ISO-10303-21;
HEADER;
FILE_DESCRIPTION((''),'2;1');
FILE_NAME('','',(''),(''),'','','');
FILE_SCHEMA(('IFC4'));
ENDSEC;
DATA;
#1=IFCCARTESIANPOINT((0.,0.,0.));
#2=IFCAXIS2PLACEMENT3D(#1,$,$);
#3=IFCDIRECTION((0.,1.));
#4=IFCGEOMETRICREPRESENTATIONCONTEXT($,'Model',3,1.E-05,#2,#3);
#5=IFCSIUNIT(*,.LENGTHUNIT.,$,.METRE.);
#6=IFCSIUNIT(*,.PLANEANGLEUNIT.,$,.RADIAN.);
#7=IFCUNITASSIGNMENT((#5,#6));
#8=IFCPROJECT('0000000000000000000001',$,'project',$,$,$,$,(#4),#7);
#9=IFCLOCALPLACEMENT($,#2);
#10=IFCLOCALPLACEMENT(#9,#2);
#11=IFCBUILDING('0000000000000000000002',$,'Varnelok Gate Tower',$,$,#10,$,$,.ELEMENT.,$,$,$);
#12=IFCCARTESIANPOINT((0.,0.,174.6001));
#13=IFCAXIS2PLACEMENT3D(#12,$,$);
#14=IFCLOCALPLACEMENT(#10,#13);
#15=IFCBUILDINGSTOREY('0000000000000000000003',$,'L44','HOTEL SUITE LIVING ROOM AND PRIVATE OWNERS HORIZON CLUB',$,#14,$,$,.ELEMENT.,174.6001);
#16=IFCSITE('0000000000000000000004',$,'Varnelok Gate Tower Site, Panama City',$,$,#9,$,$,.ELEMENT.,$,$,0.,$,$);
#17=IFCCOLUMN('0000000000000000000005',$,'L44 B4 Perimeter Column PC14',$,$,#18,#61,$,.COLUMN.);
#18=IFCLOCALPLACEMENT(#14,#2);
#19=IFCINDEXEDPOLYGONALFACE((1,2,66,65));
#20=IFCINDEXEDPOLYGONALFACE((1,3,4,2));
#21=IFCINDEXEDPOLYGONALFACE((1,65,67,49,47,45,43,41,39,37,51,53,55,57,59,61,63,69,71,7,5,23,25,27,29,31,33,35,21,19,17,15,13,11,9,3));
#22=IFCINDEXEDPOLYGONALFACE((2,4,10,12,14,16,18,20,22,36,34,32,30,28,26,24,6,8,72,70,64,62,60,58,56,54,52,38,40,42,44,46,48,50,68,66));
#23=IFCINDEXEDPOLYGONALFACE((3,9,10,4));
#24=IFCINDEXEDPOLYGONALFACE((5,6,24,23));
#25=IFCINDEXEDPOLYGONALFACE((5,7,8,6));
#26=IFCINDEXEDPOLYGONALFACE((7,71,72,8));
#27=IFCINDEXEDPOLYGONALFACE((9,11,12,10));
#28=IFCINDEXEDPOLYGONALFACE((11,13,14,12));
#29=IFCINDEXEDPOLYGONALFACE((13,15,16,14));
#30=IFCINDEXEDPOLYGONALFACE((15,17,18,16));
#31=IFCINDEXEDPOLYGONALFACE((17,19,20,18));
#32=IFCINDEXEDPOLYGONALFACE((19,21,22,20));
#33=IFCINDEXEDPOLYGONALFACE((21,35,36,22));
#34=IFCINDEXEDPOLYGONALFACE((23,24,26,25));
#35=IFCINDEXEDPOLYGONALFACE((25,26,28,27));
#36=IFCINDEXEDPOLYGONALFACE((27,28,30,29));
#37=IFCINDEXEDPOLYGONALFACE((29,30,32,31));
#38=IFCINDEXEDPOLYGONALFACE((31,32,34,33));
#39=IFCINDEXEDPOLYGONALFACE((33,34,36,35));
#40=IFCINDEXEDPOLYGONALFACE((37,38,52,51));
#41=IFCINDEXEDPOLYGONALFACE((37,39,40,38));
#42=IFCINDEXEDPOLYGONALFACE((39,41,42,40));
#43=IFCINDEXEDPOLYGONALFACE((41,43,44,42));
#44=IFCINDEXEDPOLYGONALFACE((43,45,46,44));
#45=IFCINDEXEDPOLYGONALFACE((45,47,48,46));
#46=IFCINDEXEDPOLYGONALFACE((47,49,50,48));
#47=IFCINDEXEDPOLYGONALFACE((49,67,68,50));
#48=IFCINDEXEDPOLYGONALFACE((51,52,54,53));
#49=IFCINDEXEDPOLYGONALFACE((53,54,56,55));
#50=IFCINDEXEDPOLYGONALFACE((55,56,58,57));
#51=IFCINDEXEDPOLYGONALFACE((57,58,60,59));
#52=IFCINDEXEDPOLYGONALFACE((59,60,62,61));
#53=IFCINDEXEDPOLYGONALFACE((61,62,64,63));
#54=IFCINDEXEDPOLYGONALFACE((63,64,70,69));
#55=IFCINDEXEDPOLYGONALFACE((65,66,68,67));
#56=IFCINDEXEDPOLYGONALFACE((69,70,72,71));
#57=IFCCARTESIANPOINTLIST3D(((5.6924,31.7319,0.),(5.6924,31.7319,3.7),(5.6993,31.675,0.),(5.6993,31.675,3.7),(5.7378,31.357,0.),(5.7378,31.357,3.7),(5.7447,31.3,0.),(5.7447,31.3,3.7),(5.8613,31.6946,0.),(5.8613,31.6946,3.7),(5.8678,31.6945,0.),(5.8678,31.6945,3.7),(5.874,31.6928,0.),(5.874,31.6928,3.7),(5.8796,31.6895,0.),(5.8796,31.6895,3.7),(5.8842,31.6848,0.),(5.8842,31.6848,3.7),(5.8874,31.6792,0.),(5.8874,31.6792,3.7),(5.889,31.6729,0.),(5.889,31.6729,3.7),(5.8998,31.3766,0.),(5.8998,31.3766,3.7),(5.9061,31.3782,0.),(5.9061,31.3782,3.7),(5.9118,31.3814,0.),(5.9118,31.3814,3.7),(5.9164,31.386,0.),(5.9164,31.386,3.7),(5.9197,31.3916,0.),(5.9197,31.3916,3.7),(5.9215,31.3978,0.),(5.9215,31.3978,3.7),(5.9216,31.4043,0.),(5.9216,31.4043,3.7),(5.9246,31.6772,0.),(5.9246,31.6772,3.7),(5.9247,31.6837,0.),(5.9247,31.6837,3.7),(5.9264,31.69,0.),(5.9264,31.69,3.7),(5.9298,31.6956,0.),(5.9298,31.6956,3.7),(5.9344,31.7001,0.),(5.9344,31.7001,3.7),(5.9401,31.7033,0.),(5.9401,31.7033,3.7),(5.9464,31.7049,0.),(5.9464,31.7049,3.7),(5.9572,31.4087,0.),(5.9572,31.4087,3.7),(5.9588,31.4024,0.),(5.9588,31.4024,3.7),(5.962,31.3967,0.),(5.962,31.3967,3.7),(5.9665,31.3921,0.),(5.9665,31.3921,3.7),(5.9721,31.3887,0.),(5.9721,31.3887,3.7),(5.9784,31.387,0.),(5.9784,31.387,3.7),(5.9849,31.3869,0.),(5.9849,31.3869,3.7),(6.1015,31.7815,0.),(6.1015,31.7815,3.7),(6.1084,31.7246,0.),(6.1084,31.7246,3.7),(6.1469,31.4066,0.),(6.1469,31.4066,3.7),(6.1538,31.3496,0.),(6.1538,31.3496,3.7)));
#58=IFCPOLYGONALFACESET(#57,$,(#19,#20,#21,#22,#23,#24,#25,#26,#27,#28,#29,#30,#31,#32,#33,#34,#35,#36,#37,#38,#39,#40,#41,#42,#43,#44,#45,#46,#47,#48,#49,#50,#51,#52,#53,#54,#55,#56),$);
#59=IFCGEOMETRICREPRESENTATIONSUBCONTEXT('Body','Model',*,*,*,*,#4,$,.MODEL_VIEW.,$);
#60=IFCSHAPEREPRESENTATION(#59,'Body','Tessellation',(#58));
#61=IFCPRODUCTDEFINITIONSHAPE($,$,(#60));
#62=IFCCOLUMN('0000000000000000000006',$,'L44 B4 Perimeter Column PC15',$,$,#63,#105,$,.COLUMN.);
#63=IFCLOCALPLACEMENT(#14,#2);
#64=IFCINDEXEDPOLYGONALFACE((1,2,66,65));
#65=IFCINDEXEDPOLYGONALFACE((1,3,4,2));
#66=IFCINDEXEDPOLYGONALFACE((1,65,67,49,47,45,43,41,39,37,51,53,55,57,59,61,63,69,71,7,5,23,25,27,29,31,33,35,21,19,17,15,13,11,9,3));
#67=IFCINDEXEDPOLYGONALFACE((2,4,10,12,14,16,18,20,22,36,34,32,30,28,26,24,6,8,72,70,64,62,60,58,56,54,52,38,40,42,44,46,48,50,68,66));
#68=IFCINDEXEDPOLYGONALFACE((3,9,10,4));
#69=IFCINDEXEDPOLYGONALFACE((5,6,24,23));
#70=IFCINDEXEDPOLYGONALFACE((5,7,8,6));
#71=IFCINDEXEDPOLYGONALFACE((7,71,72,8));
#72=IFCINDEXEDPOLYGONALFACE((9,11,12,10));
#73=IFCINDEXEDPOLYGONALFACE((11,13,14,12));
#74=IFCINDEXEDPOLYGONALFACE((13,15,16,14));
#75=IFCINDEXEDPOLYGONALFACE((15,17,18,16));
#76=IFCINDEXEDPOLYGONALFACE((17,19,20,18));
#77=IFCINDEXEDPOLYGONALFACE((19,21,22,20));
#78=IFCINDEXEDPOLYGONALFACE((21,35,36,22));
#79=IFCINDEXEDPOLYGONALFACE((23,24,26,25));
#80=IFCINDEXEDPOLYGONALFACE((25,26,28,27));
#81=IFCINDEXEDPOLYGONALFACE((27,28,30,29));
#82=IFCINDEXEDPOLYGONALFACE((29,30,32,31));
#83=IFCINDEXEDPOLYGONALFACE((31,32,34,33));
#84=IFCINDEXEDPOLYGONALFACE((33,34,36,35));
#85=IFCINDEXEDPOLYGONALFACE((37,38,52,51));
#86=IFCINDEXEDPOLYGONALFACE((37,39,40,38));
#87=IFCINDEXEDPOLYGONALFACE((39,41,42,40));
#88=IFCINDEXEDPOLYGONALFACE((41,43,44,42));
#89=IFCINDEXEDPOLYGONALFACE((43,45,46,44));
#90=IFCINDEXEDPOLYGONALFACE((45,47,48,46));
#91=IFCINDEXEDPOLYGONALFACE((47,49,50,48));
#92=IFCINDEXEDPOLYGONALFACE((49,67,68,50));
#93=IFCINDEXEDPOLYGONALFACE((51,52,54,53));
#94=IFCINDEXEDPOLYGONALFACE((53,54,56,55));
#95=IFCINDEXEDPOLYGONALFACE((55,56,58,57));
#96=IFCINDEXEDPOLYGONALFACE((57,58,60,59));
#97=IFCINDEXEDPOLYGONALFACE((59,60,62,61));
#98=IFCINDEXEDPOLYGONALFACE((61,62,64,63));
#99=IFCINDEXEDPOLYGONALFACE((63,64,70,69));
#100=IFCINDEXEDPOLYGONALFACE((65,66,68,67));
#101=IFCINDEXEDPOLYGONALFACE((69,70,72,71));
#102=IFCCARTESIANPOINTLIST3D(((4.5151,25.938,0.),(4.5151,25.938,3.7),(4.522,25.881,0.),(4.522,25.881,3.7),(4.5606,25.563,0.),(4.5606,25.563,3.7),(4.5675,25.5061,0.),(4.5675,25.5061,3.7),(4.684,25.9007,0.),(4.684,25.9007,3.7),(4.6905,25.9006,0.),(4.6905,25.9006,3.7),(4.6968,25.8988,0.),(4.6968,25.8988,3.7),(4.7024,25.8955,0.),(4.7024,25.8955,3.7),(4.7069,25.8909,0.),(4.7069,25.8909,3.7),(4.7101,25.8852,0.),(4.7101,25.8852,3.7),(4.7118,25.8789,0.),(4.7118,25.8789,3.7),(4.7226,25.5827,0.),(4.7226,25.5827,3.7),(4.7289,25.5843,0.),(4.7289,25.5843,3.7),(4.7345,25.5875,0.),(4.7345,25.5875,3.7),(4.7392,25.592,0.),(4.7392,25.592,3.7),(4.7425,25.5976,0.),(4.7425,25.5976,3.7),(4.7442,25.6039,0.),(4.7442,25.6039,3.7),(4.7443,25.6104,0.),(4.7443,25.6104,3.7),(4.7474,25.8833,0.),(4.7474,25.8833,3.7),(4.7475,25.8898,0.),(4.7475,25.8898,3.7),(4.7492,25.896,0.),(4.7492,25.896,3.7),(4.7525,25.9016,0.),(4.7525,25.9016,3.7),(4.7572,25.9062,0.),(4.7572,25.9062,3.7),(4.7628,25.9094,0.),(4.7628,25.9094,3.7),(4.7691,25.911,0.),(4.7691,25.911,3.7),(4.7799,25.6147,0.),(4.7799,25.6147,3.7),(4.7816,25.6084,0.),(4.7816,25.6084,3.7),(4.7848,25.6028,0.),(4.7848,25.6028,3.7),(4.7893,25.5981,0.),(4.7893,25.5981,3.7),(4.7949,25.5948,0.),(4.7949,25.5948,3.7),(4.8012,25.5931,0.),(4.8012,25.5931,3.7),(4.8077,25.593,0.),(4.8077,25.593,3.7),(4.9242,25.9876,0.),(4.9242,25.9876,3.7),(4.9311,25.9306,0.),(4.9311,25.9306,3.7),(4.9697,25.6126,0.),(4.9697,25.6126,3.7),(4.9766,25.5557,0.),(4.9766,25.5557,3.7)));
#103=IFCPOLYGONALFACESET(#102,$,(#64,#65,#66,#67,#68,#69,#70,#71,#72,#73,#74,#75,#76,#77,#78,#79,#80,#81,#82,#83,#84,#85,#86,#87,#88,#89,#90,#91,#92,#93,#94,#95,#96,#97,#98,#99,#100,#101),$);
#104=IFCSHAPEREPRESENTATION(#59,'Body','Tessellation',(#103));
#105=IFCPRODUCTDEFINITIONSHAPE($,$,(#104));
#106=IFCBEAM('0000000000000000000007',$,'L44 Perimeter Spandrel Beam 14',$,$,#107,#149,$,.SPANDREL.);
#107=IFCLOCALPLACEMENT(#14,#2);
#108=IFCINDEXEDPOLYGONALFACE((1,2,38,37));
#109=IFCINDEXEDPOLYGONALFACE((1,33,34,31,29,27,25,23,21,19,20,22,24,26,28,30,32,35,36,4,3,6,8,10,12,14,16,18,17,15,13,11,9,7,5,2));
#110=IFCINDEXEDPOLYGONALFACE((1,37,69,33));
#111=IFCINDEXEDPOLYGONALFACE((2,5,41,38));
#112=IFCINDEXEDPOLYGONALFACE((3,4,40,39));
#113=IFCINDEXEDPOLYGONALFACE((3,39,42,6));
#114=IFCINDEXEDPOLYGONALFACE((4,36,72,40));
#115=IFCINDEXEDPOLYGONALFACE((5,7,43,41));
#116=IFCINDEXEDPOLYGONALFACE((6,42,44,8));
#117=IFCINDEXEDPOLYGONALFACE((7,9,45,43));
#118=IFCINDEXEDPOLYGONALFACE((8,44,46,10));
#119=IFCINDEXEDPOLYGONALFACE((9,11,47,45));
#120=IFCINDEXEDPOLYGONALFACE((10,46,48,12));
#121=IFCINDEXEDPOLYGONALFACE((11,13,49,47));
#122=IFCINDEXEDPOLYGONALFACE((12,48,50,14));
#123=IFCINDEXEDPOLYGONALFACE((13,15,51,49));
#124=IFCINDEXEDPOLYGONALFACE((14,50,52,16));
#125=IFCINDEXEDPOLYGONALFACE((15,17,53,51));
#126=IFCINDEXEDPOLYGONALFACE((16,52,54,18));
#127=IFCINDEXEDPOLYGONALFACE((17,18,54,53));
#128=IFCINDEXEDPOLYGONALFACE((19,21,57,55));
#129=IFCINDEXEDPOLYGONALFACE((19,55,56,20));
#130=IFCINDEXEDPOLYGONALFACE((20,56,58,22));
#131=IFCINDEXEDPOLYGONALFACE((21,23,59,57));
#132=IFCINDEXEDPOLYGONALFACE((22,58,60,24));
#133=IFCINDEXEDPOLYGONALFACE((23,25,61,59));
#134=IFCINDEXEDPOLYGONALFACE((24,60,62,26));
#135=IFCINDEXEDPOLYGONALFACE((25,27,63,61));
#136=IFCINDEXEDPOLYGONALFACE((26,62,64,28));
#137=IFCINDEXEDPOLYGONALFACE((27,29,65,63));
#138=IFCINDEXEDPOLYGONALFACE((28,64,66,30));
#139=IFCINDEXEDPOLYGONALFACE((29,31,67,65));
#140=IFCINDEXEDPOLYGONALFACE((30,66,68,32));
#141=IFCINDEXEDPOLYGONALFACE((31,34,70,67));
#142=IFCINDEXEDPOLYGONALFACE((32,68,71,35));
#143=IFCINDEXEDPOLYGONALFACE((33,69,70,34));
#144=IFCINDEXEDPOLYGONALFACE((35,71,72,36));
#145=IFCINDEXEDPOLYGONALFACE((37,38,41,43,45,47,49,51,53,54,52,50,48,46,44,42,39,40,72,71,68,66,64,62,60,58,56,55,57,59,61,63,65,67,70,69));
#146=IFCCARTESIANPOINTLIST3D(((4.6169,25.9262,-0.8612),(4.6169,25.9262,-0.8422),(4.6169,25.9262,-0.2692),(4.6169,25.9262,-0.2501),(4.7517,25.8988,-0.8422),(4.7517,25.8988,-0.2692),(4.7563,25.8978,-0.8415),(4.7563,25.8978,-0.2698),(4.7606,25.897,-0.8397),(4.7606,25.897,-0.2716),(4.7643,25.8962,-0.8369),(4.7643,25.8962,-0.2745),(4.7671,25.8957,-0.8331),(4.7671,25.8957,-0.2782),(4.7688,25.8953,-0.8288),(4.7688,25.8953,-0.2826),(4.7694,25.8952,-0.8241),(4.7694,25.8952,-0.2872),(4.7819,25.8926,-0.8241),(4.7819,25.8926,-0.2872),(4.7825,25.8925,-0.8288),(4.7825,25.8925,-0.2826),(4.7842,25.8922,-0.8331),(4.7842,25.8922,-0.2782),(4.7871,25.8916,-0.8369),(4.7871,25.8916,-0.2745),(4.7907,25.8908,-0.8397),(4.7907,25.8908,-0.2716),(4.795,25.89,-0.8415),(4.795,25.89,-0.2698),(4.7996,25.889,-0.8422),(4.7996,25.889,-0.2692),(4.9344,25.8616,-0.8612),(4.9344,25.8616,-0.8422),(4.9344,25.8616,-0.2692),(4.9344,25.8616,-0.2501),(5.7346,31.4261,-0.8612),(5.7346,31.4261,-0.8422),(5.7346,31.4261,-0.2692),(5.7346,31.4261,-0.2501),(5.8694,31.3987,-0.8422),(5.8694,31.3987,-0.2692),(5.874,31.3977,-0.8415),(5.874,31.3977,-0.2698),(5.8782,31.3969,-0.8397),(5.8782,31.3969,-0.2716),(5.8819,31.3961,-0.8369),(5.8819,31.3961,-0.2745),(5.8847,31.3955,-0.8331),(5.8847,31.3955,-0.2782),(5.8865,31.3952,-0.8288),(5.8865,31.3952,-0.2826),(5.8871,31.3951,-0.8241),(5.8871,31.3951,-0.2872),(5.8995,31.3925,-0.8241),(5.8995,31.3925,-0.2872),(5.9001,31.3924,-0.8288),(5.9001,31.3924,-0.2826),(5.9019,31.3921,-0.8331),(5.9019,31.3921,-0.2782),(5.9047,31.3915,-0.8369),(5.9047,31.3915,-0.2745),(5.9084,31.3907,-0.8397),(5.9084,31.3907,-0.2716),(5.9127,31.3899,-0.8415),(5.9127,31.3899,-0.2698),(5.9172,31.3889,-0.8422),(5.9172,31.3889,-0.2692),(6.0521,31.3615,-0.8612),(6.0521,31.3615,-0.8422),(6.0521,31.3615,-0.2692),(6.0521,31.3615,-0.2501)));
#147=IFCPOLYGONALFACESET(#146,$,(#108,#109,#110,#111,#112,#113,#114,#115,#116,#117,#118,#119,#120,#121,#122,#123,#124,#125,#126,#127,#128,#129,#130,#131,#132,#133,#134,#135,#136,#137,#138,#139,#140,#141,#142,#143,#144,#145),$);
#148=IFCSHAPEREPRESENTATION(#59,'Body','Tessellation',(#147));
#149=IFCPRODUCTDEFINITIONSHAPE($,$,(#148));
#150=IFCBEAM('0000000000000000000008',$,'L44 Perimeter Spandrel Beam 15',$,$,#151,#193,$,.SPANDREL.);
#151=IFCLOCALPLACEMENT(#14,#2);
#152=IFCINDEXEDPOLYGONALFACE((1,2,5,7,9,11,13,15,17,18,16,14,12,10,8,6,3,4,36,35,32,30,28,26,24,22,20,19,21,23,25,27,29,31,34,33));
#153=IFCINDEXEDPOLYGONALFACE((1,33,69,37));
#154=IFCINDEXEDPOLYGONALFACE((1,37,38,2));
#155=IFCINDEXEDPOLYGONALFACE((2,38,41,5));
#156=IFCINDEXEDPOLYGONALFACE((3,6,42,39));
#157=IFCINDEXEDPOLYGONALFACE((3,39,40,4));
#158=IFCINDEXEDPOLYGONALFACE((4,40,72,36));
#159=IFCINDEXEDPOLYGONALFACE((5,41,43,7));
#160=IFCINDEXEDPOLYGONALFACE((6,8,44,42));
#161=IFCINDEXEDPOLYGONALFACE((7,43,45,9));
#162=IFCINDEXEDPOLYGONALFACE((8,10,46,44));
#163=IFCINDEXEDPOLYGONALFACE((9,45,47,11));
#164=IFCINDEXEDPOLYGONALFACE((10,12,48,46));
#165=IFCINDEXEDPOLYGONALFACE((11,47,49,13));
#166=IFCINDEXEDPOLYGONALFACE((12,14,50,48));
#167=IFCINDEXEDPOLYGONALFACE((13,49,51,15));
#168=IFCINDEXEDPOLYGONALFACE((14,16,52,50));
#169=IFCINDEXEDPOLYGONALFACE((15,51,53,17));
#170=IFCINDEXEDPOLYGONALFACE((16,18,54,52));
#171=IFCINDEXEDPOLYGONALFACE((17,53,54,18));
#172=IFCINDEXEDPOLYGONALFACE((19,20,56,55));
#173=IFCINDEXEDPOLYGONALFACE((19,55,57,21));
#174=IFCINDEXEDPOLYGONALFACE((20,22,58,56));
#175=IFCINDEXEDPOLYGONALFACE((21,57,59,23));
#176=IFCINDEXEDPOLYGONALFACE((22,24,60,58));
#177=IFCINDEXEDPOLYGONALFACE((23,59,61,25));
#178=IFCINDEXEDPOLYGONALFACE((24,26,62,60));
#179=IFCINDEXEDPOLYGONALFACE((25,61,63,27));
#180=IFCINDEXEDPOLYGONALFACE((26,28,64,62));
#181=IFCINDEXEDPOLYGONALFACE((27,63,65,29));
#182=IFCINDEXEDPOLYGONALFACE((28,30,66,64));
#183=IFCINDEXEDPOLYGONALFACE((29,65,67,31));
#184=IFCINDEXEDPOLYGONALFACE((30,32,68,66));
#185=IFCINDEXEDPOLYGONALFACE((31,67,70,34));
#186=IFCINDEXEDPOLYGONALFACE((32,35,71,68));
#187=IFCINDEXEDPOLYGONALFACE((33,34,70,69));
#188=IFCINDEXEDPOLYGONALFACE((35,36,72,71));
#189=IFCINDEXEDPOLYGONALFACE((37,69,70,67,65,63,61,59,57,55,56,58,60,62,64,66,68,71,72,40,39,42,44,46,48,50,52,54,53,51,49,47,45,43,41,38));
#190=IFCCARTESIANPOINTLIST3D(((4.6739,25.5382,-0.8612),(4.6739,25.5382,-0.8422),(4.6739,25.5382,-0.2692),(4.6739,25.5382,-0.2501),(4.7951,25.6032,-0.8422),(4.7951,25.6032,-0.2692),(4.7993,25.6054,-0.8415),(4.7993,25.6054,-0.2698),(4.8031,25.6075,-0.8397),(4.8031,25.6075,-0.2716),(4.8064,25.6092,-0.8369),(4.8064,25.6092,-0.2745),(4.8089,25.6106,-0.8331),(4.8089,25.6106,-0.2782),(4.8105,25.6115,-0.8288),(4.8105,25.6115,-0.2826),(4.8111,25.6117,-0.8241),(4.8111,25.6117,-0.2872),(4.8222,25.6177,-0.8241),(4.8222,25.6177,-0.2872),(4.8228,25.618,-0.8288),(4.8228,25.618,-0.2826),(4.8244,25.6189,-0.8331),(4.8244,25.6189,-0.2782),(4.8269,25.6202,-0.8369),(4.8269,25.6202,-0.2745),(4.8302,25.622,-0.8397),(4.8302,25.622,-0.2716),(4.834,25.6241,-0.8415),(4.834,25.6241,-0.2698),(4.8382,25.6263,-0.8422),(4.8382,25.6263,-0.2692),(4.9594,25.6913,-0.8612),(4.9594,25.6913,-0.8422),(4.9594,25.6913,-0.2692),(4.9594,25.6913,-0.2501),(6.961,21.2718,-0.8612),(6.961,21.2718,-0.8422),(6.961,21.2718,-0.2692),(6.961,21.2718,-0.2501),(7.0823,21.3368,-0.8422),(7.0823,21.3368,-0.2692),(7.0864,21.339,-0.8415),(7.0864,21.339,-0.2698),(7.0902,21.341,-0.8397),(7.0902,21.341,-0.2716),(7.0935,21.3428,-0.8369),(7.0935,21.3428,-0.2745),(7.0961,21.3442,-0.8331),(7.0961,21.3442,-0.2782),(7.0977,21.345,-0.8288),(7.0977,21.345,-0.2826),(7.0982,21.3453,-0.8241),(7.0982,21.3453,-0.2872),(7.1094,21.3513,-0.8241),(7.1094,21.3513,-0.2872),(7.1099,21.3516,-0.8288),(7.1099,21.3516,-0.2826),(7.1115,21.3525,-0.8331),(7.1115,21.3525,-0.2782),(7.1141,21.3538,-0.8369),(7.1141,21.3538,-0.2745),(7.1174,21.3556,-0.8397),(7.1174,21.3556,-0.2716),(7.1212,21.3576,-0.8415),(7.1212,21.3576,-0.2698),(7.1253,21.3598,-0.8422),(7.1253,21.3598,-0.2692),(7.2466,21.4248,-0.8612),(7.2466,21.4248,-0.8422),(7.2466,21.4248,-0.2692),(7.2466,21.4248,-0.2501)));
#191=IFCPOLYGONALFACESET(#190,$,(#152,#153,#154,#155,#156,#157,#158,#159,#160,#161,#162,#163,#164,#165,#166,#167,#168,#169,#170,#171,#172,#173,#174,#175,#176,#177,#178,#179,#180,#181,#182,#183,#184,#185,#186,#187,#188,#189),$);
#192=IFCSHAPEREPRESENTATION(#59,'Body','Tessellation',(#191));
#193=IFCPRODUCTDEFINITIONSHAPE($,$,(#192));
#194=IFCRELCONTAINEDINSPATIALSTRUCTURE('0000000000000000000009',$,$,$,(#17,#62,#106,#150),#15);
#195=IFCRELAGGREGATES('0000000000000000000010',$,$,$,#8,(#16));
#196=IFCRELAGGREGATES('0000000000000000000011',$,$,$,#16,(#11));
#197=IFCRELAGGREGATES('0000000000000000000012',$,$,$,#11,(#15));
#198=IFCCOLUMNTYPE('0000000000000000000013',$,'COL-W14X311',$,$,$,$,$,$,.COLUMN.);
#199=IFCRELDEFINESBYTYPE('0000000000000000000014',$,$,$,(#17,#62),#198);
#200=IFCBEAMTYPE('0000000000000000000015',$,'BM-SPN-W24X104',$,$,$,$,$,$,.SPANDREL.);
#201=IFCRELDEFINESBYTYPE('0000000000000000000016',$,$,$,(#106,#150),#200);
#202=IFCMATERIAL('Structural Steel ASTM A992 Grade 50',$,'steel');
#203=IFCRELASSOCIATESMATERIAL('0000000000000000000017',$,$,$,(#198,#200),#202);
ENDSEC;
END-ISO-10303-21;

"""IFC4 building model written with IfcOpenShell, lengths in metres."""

from ifc_helpers import new_model, si_unit, direction, frame, origin, origin_2d, place, context, subcontext, project, spatial, i_section, extrude, material, material_profile, profile_set, type_object, element, save


model = new_model("IFC4")

# Units and contexts
model_context = context("Model", 3, precision=1e-05, world=origin(), true_north=direction((0.0, 1.0)))
body_context = subcontext(model_context, "Body", "Model", "MODEL_VIEW")
ifc_project = project(units=[si_unit("LENGTHUNIT", "METRE"), si_unit("PLANEANGLEUNIT", "RADIAN")], contexts=[model_context])

# Site, building, storey
site_placement = place(None, origin())
site = spatial("IfcSite", under=ifc_project, at=site_placement, Name="Varnelok Gate Tower Site, Panama City", CompositionType="ELEMENT", RefElevation=0.0)
building_placement = place(site_placement, origin())
building = spatial("IfcBuilding", under=site, at=building_placement, Name="Varnelok Gate Tower", CompositionType="ELEMENT")
storey_placement = place(building_placement, frame((0.0, 0.0, 174.6001)))
storey = spatial("IfcBuildingStorey", under=building, at=storey_placement, Name="L44", Description="HOTEL SUITE LIVING ROOM AND PRIVATE OWNERS HORIZON CLUB", CompositionType="ELEMENT", Elevation=174.6001)

# Columns
ifc_material_1 = material(Name="Structural Steel ASTM A992 Grade 50", Category="steel")
ifc_material_profile_1 = material_profile(ifc_material_1, i_section(OverallWidth=0.4121, OverallDepth=0.4351, WebThickness=0.0359, FlangeThickness=0.0574, FilletRadius=0.0249, at=origin_2d()), Name="W14X311")
ifc_profile_set_1 = profile_set([ifc_material_profile_1], Name="Structural Steel ASTM A992 Grade 50")
column_type = type_object("IfcColumnType", Name="COL-W14X311", PredefinedType="COLUMN", material=ifc_profile_set_1)
for number, where, z_axis, x_axis, name in (
    (1, (5.9231, 31.5408, 0.0), (0.0, 0.0, 1.0), (0.992732, 0.120345, 0.0), "L44 B4 Perimeter Column PC14"),
    (2, (4.7458, 25.7468, 0.0), (0.0, 0.0, 1.0), (0.992732, 0.120345, 0.0), "L44 B4 Perimeter Column PC15"),
):
    element("IfcColumn", number, at=place(storey_placement, frame(where, z_axis=z_axis, x_axis=x_axis)), inside=storey, type_object=column_type, Name=name, PredefinedType="COLUMN", context=body_context, shape_type="SweptSolid", body=[
        extrude(i_section(OverallWidth=0.4121, OverallDepth=0.4351, WebThickness=0.0359, FlangeThickness=0.0574, FilletRadius=0.0249, at=origin_2d()), origin(), (0.0, 0.0, 1.0), 3.7),
    ])

# Beams
ifc_material_profile_2 = material_profile(ifc_material_1, i_section(OverallWidth=0.324, OverallDepth=0.6111, WebThickness=0.0127, FlangeThickness=0.019, FilletRadius=0.0181, at=origin_2d()), Name="W24X104")
ifc_profile_set_2 = profile_set([ifc_material_profile_2], Name="Structural Steel ASTM A992 Grade 50")
beam_type = type_object("IfcBeamType", Name="BM-SPN-W24X104", PredefinedType="SPANDREL", material=ifc_profile_set_2)
beam_1_placement = place(storey_placement, frame((5.8933, 31.3938, -0.5557), z_axis=(-0.199143, -0.97997, 0.0), x_axis=(0.97997, -0.199143, 0.0)))
element("IfcBeam", 3, at=beam_1_placement, inside=storey, type_object=beam_type, Name="L44 Perimeter Spandrel Beam 14", PredefinedType="SPANDREL", context=body_context, shape_type="SweptSolid", body=[
    extrude(i_section(OverallWidth=0.324, OverallDepth=0.6111, WebThickness=0.0127, FlangeThickness=0.019, FilletRadius=0.0181, at=origin_2d()), origin(), (0.0, 0.0, 1.0), 5.6123),
])
beam_2_placement = place(storey_placement, frame((4.8167, 25.6147, -0.5557), z_axis=(0.472472, -0.881346, 0.0), x_axis=(0.881346, 0.472472, 0.0)))
element("IfcBeam", 4, at=beam_2_placement, inside=storey, type_object=beam_type, Name="L44 Perimeter Spandrel Beam 15", PredefinedType="SPANDREL", context=body_context, shape_type="SweptSolid", body=[
    extrude(i_section(OverallWidth=0.324, OverallDepth=0.6111, WebThickness=0.0127, FlangeThickness=0.019, FilletRadius=0.0181, at=origin_2d()), origin(), (0.0, 0.0, 1.0), 4.8408),
])

save(model, "model.ifc")
